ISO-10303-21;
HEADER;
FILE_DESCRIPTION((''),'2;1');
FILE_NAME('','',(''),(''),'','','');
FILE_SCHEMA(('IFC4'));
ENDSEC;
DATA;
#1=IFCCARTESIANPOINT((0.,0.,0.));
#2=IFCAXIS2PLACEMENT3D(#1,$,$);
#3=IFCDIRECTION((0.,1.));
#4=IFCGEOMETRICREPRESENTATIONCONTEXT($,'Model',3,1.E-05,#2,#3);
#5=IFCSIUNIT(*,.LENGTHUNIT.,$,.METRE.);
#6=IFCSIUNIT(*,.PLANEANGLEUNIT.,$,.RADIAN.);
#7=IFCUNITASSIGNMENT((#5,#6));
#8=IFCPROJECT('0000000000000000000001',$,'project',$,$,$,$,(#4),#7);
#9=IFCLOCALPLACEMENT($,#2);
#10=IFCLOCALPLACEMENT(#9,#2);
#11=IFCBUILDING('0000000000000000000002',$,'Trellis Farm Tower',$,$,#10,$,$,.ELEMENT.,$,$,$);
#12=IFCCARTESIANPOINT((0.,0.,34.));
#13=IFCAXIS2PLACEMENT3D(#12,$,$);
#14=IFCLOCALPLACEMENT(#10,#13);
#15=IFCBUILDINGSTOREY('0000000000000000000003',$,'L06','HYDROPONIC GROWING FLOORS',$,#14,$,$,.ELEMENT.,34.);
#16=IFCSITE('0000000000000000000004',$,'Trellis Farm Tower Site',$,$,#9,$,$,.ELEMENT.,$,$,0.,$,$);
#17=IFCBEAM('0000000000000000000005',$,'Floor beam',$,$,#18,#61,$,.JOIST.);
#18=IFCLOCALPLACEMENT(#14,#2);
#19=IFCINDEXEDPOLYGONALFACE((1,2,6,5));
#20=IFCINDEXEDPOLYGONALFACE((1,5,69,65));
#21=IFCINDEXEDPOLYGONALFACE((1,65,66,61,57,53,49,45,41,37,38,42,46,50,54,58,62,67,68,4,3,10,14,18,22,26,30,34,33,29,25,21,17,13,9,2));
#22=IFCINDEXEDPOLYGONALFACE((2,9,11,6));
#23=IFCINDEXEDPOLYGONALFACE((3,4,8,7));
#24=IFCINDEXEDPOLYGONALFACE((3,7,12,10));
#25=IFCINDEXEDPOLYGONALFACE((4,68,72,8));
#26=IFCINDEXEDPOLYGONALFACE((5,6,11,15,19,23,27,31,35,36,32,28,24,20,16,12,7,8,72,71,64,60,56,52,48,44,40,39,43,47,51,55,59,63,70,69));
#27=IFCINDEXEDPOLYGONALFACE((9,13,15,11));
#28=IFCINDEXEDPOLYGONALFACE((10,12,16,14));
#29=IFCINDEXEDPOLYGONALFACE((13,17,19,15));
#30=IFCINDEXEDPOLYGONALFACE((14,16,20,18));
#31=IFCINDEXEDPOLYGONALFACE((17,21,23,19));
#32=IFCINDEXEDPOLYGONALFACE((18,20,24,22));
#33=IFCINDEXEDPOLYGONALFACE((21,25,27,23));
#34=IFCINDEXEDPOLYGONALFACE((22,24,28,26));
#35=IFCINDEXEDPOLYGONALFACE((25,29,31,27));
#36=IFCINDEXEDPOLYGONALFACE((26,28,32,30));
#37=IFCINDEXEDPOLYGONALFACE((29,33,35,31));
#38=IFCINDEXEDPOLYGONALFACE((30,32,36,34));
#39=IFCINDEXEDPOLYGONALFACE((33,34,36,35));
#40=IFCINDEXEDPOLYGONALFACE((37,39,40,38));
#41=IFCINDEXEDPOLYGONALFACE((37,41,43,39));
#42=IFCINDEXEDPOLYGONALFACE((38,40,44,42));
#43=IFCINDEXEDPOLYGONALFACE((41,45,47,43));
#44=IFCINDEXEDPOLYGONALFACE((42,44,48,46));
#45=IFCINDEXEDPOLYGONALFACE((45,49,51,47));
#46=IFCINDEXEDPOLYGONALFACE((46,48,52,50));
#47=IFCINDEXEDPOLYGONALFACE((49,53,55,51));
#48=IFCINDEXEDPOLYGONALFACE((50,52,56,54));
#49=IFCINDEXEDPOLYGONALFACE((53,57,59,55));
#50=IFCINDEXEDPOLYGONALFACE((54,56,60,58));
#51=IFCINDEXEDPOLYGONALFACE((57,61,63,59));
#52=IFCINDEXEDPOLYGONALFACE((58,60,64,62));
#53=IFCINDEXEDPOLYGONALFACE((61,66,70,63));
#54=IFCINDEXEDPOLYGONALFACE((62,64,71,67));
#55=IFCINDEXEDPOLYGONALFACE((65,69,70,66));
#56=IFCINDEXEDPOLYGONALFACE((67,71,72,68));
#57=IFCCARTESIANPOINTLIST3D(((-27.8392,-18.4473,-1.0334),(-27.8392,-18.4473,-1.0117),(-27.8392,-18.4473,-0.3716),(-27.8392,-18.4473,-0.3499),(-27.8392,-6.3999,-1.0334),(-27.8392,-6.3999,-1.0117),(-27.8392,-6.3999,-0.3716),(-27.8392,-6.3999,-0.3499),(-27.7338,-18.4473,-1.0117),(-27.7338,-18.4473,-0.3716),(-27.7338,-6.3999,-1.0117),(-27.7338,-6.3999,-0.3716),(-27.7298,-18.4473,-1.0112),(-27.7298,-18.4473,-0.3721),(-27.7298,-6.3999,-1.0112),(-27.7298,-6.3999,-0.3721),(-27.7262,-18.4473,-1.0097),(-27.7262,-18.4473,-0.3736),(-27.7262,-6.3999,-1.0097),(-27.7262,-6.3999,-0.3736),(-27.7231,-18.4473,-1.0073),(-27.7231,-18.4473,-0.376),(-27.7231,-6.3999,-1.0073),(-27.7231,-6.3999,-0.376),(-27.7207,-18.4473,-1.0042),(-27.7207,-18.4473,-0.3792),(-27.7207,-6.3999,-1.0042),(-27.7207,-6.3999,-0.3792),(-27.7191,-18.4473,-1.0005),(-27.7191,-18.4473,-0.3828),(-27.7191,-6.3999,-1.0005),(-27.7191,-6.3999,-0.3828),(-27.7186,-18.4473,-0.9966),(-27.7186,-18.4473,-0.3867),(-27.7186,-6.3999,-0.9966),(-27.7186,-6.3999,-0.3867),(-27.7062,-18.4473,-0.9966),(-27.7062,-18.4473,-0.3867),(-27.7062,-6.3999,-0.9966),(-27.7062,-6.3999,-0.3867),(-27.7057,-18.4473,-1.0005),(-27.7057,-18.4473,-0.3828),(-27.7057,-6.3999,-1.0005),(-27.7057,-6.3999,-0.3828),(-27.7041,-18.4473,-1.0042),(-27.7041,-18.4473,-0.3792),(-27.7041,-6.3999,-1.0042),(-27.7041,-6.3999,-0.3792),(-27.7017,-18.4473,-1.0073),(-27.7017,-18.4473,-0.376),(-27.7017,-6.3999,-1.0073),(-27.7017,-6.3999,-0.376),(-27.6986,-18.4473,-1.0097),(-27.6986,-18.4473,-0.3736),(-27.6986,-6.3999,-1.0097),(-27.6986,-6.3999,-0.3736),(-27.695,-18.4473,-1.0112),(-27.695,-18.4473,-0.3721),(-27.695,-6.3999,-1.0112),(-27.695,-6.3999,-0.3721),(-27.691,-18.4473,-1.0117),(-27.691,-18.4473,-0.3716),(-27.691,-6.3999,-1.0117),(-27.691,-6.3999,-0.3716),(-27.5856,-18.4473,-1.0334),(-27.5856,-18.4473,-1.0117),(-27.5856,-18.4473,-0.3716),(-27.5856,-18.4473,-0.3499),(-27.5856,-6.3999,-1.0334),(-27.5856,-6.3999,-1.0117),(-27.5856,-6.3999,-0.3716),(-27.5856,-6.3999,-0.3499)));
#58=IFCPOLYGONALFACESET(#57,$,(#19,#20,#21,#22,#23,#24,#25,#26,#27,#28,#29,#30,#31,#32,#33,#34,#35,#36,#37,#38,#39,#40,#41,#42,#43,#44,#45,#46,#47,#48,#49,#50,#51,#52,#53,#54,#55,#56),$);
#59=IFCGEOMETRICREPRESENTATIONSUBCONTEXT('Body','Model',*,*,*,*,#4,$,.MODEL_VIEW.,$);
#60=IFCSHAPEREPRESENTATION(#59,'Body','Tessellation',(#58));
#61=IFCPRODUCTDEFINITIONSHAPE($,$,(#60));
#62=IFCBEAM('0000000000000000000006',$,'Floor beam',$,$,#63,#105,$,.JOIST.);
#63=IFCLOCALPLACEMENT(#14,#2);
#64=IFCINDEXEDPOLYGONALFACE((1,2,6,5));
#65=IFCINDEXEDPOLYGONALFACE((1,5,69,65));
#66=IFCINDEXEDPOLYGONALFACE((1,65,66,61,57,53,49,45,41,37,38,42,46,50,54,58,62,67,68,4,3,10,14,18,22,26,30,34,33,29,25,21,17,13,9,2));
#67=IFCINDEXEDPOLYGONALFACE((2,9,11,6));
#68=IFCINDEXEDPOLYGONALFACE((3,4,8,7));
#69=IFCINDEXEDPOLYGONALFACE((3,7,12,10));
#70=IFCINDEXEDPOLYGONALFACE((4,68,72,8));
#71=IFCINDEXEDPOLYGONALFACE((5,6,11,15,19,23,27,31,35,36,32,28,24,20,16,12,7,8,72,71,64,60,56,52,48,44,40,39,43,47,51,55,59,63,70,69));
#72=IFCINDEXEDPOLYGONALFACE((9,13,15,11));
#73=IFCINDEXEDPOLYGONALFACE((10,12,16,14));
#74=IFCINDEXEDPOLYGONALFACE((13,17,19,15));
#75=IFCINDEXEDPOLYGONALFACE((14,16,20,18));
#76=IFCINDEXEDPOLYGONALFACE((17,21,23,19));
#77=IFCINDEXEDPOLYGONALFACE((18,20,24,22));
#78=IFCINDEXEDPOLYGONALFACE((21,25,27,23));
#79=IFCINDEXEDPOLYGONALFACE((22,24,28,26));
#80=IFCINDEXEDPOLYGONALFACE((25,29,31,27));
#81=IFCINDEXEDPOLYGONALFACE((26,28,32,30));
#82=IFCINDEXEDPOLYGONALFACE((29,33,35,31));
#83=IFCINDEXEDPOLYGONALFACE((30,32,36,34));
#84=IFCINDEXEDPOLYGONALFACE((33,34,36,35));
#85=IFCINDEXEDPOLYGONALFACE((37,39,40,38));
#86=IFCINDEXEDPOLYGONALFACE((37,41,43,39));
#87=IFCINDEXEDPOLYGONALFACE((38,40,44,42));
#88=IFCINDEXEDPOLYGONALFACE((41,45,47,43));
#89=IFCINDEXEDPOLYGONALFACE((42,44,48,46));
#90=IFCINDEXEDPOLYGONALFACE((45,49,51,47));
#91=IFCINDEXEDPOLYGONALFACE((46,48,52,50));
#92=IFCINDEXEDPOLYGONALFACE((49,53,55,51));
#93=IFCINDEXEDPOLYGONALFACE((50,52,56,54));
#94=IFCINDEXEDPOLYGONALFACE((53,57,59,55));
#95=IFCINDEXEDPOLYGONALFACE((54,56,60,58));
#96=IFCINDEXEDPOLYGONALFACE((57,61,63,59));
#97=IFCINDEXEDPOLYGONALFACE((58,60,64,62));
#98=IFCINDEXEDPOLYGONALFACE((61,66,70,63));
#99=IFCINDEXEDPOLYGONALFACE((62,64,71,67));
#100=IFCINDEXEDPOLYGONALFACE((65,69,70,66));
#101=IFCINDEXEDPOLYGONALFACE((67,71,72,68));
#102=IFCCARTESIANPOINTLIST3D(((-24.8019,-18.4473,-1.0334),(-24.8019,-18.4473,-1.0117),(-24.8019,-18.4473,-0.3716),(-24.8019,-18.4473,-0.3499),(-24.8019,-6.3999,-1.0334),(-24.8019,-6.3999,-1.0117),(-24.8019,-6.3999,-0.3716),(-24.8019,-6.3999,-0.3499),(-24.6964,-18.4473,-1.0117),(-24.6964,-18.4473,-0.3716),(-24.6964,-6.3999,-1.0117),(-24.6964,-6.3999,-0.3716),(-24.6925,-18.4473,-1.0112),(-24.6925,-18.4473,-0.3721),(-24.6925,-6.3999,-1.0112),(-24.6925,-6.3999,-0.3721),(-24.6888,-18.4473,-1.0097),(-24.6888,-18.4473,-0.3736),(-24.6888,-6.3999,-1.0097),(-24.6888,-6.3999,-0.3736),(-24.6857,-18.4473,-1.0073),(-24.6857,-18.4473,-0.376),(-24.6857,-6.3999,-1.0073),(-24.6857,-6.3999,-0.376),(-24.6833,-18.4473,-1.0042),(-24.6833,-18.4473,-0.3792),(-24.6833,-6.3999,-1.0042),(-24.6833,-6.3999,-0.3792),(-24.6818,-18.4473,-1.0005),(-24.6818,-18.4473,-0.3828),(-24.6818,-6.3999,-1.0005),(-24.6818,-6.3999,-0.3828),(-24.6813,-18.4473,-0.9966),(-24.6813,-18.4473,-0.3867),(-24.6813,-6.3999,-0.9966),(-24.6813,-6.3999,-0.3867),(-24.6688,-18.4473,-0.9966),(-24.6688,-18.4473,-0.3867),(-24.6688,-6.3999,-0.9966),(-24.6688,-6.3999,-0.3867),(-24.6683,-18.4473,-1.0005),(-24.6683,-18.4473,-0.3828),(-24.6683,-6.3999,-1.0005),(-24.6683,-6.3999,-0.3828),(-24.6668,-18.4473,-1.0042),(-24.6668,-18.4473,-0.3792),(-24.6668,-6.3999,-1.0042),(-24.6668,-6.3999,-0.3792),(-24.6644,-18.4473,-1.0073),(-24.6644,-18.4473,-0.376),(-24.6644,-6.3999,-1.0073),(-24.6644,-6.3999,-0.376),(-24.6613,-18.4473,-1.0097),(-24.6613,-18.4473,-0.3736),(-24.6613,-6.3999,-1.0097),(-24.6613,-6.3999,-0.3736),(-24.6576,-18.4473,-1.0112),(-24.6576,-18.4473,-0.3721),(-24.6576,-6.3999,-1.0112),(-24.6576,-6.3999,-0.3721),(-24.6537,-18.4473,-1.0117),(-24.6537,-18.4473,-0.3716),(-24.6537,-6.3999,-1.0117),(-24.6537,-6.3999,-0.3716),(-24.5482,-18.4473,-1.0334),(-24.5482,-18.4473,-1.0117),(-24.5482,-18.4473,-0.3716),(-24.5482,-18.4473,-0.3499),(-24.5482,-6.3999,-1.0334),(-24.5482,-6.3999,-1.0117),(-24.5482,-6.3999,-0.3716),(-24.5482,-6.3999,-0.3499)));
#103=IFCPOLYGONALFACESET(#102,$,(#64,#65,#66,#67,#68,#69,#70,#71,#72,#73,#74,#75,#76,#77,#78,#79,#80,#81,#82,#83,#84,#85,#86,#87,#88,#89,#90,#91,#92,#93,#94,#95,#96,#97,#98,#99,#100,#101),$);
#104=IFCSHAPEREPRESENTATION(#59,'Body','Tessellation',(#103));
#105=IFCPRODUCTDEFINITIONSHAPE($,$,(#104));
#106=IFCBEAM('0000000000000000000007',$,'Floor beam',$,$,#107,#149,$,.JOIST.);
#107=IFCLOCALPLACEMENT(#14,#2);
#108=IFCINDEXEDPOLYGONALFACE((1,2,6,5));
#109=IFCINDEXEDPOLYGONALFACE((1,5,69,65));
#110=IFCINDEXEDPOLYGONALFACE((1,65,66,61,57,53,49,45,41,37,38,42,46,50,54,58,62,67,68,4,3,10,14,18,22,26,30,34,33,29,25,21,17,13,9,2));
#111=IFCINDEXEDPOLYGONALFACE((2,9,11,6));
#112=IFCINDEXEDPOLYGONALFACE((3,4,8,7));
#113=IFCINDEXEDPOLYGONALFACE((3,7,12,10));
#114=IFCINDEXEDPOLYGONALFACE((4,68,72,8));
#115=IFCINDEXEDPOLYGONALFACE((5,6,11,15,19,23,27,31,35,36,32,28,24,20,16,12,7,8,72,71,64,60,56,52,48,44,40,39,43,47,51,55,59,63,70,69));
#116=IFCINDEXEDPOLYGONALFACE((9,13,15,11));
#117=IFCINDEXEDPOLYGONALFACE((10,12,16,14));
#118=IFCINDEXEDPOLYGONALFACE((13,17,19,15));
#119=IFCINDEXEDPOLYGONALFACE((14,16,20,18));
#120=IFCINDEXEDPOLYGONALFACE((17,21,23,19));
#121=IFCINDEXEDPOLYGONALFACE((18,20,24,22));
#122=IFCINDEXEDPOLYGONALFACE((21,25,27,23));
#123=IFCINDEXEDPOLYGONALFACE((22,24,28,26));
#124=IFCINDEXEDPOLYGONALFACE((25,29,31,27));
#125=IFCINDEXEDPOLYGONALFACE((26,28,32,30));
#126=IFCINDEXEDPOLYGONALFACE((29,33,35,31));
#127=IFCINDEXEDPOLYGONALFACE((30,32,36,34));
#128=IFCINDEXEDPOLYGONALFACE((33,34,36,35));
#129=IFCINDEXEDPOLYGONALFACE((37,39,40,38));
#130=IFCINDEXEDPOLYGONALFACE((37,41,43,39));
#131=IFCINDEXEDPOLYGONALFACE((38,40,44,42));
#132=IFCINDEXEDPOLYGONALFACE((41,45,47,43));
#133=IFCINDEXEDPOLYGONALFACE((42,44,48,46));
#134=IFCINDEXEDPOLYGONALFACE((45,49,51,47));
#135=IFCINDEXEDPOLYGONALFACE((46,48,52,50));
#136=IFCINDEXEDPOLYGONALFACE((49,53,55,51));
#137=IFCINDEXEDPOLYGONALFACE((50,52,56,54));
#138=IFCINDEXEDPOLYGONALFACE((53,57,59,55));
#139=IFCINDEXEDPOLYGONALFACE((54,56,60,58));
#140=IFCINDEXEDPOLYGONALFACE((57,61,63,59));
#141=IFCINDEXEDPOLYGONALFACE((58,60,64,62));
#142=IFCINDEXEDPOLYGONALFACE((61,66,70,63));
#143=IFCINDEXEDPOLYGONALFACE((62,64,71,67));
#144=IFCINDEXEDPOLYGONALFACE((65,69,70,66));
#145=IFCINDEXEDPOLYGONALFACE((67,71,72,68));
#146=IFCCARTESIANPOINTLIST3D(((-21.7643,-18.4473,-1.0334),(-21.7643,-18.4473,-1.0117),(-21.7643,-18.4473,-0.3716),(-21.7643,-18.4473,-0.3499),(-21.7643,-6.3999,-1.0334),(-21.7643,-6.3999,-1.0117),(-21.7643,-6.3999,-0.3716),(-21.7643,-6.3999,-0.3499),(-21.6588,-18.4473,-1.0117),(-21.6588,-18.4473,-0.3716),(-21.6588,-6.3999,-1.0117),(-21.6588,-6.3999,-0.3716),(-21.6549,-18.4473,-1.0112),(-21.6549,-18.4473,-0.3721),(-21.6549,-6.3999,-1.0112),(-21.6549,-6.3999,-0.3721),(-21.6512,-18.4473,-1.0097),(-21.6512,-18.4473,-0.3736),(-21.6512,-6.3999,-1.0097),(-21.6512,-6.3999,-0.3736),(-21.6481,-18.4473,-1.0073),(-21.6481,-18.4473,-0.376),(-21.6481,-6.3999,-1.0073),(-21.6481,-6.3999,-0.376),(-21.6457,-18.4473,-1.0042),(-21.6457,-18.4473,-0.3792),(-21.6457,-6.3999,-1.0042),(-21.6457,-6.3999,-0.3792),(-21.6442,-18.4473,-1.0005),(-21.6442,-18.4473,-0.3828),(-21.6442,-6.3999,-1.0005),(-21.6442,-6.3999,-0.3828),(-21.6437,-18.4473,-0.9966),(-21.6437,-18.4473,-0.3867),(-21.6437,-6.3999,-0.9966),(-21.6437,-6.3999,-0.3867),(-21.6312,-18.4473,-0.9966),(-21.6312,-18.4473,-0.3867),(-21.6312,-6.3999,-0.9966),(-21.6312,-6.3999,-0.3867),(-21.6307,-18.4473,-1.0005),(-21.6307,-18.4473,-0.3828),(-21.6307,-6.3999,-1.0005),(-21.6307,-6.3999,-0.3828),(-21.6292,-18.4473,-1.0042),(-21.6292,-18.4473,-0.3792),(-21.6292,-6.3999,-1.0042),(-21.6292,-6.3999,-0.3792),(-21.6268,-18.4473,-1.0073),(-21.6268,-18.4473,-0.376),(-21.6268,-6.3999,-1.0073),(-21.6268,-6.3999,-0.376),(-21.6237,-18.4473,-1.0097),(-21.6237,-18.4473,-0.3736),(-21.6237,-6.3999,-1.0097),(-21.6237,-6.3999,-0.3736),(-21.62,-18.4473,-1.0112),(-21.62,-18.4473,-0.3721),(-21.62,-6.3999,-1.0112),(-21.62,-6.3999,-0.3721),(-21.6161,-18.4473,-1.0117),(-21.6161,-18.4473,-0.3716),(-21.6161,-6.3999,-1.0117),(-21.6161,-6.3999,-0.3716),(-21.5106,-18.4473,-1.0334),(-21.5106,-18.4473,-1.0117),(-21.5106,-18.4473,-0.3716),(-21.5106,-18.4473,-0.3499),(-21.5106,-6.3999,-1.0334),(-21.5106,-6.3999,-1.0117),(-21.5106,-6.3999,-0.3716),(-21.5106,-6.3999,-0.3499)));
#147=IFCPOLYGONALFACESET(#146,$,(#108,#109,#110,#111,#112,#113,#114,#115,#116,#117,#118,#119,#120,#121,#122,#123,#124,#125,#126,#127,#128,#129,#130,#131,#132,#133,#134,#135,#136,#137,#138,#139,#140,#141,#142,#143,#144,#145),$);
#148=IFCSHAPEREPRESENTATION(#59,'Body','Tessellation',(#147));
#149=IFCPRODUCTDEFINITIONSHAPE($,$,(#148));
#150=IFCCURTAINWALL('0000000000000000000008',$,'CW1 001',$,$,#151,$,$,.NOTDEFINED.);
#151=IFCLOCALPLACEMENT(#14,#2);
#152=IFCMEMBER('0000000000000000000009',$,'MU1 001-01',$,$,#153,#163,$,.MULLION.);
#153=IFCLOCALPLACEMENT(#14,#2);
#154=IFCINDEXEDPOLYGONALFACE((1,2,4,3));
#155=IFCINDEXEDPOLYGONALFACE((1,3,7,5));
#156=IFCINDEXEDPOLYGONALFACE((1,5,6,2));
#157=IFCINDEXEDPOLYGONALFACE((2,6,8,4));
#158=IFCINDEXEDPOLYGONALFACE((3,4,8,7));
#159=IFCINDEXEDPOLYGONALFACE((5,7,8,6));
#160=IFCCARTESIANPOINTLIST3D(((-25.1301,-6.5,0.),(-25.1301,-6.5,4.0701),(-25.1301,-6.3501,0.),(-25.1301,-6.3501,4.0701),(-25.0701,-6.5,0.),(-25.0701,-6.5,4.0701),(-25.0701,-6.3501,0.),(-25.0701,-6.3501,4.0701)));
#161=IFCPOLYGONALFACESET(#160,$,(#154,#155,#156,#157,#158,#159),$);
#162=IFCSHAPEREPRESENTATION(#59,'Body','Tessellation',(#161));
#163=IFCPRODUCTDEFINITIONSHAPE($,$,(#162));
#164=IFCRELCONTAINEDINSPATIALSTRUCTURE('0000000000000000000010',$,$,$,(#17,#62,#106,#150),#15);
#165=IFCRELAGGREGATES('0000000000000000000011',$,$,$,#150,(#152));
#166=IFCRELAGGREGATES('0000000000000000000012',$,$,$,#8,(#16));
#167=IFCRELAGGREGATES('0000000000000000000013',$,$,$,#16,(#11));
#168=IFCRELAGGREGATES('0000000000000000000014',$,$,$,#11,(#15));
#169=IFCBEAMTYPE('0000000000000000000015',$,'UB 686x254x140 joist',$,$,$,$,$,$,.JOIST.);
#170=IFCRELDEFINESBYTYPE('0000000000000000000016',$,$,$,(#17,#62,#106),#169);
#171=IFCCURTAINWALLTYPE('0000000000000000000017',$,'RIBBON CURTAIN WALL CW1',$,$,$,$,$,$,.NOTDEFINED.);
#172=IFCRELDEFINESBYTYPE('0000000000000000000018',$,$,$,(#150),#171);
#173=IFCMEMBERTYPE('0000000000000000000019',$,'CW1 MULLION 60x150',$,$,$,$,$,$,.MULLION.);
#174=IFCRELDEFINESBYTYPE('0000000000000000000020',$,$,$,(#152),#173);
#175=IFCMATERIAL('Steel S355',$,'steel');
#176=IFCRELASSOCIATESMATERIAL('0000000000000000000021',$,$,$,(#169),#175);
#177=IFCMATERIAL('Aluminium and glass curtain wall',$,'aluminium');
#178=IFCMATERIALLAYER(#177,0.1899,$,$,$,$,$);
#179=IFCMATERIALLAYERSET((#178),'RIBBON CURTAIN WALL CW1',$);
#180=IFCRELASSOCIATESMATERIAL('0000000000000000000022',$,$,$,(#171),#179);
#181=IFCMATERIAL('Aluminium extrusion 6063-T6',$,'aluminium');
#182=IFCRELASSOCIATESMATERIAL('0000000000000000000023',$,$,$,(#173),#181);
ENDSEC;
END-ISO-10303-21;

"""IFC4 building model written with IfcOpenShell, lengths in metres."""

from ifc_helpers import new_model, si_unit, direction, frame, origin, origin_2d, place, context, subcontext, project, spatial, rectangle, i_section, extrude, source, transform, mapped, material, layer, layer_set, material_profile, profile_set, type_object, element, aggregate, save


model = new_model("IFC4")

# Units and contexts
model_context = context("Model", 3, precision=1e-05, world=origin(), true_north=direction((0.0, 1.0)))
body_context = subcontext(model_context, "Body", "Model", "MODEL_VIEW")
ifc_project = project(units=[si_unit("LENGTHUNIT", "METRE"), si_unit("PLANEANGLEUNIT", "RADIAN")], contexts=[model_context])

# Site, building, storey
site_placement = place(None, origin())
site = spatial("IfcSite", under=ifc_project, at=site_placement, Name="Trellis Farm Tower Site", CompositionType="ELEMENT", RefElevation=0.0)
building_placement = place(site_placement, origin())
building = spatial("IfcBuilding", under=site, at=building_placement, Name="Trellis Farm Tower", CompositionType="ELEMENT")
storey_placement = place(building_placement, frame((0.0, 0.0, 34.0)))
storey = spatial("IfcBuildingStorey", under=building, at=storey_placement, Name="L06", Description="HYDROPONIC GROWING FLOORS", CompositionType="ELEMENT", Elevation=34.0)

# Beams
ifc_material_1 = material(Name="Steel S355", Category="steel")
ifc_material_profile_1 = material_profile(ifc_material_1, i_section(OverallWidth=0.2537, OverallDepth=0.6836, WebThickness=0.0125, FlangeThickness=0.0217, FilletRadius=0.0151, at=origin_2d()), Name="UB 686x254x140")
ifc_profile_set_1 = profile_set([ifc_material_profile_1], Name="Steel S355")
beam_type_1 = type_object("IfcBeamType", Name="UB 686x254x140 joist", PredefinedType="JOIST", material=ifc_profile_set_1)
shared_shape_1 = source(origin(), body_context, "Body", "SweptSolid", [
    extrude(i_section(OverallWidth=0.2537, OverallDepth=0.6836, WebThickness=0.0125, FlangeThickness=0.0217, FilletRadius=0.0151, at=origin_2d()), origin(), (0.0, 0.0, 1.0), 12.0474),
])
for number, where, z_axis, x_axis, name in (
    (1, (-27.7124, -18.4473, -0.6917), (0.0, 1.0, 0.0), (-1.0, 0.0, 0.0), "Floor beam"),
    (2, (-24.675, -18.4473, -0.6917), (0.0, 1.0, 0.0), (-1.0, 0.0, 0.0), "Floor beam"),
    (3, (-21.6375, -18.4473, -0.6917), (0.0, 1.0, 0.0), (-1.0, 0.0, 0.0), "Floor beam"),
):
    element("IfcBeam", number, at=place(storey_placement, frame(where, z_axis=z_axis, x_axis=x_axis)), inside=storey, type_object=beam_type_1, Name=name, PredefinedType="JOIST", context=body_context, shape_type="MappedRepresentation", body=[
        mapped(shared_shape_1, transform((0.0, 0.0, 0.0))),
    ])

# Curtain wall, member
ifc_material_2 = material(Name="Aluminium and glass curtain wall", Category="aluminium")
ifc_layer = layer(ifc_material_2, 0.1899)
ifc_layer_set = layer_set([ifc_layer], Name="RIBBON CURTAIN WALL CW1")
curtain_wall_type = type_object("IfcCurtainWallType", Name="RIBBON CURTAIN WALL CW1", PredefinedType="NOTDEFINED", material=ifc_layer_set)
curtain_wall_placement = place(storey_placement, origin())
curtain_wall = element("IfcCurtainWall", 4, at=curtain_wall_placement, inside=storey, type_object=curtain_wall_type, Name="CW1 001", PredefinedType="NOTDEFINED")
ifc_material_3 = material(Name="Aluminium extrusion 6063-T6", Category="aluminium")
ifc_material_profile_2 = material_profile(ifc_material_3, rectangle(XDim=0.0601, YDim=0.1499, at=origin_2d()), Name="MULLION 60x150")
ifc_profile_set_2 = profile_set([ifc_material_profile_2], Name="Aluminium extrusion 6063-T6")
member_type = type_object("IfcMemberType", Name="CW1 MULLION 60x150", PredefinedType="MULLION", material=ifc_profile_set_2)
shared_shape_2 = source(origin(), body_context, "Body", "SweptSolid", [
    extrude(rectangle(XDim=0.0601, YDim=0.1499, at=origin_2d()), origin(), (0.0, 0.0, 1.0), 4.0701),
])
member_placement = place(storey_placement, frame((-25.1001, -6.425, 0.0), z_axis=(0.0, 0.0, 1.0), x_axis=(1.0, 0.0, 0.0)))
member = element("IfcMember", 5, at=member_placement, type_object=member_type, Name="MU1 001-01", PredefinedType="MULLION", context=body_context, shape_type="MappedRepresentation", body=[
    mapped(shared_shape_2, transform((0.0, 0.0, 0.0))),
])
aggregate(curtain_wall, [member])

save(model, "model.ifc")
